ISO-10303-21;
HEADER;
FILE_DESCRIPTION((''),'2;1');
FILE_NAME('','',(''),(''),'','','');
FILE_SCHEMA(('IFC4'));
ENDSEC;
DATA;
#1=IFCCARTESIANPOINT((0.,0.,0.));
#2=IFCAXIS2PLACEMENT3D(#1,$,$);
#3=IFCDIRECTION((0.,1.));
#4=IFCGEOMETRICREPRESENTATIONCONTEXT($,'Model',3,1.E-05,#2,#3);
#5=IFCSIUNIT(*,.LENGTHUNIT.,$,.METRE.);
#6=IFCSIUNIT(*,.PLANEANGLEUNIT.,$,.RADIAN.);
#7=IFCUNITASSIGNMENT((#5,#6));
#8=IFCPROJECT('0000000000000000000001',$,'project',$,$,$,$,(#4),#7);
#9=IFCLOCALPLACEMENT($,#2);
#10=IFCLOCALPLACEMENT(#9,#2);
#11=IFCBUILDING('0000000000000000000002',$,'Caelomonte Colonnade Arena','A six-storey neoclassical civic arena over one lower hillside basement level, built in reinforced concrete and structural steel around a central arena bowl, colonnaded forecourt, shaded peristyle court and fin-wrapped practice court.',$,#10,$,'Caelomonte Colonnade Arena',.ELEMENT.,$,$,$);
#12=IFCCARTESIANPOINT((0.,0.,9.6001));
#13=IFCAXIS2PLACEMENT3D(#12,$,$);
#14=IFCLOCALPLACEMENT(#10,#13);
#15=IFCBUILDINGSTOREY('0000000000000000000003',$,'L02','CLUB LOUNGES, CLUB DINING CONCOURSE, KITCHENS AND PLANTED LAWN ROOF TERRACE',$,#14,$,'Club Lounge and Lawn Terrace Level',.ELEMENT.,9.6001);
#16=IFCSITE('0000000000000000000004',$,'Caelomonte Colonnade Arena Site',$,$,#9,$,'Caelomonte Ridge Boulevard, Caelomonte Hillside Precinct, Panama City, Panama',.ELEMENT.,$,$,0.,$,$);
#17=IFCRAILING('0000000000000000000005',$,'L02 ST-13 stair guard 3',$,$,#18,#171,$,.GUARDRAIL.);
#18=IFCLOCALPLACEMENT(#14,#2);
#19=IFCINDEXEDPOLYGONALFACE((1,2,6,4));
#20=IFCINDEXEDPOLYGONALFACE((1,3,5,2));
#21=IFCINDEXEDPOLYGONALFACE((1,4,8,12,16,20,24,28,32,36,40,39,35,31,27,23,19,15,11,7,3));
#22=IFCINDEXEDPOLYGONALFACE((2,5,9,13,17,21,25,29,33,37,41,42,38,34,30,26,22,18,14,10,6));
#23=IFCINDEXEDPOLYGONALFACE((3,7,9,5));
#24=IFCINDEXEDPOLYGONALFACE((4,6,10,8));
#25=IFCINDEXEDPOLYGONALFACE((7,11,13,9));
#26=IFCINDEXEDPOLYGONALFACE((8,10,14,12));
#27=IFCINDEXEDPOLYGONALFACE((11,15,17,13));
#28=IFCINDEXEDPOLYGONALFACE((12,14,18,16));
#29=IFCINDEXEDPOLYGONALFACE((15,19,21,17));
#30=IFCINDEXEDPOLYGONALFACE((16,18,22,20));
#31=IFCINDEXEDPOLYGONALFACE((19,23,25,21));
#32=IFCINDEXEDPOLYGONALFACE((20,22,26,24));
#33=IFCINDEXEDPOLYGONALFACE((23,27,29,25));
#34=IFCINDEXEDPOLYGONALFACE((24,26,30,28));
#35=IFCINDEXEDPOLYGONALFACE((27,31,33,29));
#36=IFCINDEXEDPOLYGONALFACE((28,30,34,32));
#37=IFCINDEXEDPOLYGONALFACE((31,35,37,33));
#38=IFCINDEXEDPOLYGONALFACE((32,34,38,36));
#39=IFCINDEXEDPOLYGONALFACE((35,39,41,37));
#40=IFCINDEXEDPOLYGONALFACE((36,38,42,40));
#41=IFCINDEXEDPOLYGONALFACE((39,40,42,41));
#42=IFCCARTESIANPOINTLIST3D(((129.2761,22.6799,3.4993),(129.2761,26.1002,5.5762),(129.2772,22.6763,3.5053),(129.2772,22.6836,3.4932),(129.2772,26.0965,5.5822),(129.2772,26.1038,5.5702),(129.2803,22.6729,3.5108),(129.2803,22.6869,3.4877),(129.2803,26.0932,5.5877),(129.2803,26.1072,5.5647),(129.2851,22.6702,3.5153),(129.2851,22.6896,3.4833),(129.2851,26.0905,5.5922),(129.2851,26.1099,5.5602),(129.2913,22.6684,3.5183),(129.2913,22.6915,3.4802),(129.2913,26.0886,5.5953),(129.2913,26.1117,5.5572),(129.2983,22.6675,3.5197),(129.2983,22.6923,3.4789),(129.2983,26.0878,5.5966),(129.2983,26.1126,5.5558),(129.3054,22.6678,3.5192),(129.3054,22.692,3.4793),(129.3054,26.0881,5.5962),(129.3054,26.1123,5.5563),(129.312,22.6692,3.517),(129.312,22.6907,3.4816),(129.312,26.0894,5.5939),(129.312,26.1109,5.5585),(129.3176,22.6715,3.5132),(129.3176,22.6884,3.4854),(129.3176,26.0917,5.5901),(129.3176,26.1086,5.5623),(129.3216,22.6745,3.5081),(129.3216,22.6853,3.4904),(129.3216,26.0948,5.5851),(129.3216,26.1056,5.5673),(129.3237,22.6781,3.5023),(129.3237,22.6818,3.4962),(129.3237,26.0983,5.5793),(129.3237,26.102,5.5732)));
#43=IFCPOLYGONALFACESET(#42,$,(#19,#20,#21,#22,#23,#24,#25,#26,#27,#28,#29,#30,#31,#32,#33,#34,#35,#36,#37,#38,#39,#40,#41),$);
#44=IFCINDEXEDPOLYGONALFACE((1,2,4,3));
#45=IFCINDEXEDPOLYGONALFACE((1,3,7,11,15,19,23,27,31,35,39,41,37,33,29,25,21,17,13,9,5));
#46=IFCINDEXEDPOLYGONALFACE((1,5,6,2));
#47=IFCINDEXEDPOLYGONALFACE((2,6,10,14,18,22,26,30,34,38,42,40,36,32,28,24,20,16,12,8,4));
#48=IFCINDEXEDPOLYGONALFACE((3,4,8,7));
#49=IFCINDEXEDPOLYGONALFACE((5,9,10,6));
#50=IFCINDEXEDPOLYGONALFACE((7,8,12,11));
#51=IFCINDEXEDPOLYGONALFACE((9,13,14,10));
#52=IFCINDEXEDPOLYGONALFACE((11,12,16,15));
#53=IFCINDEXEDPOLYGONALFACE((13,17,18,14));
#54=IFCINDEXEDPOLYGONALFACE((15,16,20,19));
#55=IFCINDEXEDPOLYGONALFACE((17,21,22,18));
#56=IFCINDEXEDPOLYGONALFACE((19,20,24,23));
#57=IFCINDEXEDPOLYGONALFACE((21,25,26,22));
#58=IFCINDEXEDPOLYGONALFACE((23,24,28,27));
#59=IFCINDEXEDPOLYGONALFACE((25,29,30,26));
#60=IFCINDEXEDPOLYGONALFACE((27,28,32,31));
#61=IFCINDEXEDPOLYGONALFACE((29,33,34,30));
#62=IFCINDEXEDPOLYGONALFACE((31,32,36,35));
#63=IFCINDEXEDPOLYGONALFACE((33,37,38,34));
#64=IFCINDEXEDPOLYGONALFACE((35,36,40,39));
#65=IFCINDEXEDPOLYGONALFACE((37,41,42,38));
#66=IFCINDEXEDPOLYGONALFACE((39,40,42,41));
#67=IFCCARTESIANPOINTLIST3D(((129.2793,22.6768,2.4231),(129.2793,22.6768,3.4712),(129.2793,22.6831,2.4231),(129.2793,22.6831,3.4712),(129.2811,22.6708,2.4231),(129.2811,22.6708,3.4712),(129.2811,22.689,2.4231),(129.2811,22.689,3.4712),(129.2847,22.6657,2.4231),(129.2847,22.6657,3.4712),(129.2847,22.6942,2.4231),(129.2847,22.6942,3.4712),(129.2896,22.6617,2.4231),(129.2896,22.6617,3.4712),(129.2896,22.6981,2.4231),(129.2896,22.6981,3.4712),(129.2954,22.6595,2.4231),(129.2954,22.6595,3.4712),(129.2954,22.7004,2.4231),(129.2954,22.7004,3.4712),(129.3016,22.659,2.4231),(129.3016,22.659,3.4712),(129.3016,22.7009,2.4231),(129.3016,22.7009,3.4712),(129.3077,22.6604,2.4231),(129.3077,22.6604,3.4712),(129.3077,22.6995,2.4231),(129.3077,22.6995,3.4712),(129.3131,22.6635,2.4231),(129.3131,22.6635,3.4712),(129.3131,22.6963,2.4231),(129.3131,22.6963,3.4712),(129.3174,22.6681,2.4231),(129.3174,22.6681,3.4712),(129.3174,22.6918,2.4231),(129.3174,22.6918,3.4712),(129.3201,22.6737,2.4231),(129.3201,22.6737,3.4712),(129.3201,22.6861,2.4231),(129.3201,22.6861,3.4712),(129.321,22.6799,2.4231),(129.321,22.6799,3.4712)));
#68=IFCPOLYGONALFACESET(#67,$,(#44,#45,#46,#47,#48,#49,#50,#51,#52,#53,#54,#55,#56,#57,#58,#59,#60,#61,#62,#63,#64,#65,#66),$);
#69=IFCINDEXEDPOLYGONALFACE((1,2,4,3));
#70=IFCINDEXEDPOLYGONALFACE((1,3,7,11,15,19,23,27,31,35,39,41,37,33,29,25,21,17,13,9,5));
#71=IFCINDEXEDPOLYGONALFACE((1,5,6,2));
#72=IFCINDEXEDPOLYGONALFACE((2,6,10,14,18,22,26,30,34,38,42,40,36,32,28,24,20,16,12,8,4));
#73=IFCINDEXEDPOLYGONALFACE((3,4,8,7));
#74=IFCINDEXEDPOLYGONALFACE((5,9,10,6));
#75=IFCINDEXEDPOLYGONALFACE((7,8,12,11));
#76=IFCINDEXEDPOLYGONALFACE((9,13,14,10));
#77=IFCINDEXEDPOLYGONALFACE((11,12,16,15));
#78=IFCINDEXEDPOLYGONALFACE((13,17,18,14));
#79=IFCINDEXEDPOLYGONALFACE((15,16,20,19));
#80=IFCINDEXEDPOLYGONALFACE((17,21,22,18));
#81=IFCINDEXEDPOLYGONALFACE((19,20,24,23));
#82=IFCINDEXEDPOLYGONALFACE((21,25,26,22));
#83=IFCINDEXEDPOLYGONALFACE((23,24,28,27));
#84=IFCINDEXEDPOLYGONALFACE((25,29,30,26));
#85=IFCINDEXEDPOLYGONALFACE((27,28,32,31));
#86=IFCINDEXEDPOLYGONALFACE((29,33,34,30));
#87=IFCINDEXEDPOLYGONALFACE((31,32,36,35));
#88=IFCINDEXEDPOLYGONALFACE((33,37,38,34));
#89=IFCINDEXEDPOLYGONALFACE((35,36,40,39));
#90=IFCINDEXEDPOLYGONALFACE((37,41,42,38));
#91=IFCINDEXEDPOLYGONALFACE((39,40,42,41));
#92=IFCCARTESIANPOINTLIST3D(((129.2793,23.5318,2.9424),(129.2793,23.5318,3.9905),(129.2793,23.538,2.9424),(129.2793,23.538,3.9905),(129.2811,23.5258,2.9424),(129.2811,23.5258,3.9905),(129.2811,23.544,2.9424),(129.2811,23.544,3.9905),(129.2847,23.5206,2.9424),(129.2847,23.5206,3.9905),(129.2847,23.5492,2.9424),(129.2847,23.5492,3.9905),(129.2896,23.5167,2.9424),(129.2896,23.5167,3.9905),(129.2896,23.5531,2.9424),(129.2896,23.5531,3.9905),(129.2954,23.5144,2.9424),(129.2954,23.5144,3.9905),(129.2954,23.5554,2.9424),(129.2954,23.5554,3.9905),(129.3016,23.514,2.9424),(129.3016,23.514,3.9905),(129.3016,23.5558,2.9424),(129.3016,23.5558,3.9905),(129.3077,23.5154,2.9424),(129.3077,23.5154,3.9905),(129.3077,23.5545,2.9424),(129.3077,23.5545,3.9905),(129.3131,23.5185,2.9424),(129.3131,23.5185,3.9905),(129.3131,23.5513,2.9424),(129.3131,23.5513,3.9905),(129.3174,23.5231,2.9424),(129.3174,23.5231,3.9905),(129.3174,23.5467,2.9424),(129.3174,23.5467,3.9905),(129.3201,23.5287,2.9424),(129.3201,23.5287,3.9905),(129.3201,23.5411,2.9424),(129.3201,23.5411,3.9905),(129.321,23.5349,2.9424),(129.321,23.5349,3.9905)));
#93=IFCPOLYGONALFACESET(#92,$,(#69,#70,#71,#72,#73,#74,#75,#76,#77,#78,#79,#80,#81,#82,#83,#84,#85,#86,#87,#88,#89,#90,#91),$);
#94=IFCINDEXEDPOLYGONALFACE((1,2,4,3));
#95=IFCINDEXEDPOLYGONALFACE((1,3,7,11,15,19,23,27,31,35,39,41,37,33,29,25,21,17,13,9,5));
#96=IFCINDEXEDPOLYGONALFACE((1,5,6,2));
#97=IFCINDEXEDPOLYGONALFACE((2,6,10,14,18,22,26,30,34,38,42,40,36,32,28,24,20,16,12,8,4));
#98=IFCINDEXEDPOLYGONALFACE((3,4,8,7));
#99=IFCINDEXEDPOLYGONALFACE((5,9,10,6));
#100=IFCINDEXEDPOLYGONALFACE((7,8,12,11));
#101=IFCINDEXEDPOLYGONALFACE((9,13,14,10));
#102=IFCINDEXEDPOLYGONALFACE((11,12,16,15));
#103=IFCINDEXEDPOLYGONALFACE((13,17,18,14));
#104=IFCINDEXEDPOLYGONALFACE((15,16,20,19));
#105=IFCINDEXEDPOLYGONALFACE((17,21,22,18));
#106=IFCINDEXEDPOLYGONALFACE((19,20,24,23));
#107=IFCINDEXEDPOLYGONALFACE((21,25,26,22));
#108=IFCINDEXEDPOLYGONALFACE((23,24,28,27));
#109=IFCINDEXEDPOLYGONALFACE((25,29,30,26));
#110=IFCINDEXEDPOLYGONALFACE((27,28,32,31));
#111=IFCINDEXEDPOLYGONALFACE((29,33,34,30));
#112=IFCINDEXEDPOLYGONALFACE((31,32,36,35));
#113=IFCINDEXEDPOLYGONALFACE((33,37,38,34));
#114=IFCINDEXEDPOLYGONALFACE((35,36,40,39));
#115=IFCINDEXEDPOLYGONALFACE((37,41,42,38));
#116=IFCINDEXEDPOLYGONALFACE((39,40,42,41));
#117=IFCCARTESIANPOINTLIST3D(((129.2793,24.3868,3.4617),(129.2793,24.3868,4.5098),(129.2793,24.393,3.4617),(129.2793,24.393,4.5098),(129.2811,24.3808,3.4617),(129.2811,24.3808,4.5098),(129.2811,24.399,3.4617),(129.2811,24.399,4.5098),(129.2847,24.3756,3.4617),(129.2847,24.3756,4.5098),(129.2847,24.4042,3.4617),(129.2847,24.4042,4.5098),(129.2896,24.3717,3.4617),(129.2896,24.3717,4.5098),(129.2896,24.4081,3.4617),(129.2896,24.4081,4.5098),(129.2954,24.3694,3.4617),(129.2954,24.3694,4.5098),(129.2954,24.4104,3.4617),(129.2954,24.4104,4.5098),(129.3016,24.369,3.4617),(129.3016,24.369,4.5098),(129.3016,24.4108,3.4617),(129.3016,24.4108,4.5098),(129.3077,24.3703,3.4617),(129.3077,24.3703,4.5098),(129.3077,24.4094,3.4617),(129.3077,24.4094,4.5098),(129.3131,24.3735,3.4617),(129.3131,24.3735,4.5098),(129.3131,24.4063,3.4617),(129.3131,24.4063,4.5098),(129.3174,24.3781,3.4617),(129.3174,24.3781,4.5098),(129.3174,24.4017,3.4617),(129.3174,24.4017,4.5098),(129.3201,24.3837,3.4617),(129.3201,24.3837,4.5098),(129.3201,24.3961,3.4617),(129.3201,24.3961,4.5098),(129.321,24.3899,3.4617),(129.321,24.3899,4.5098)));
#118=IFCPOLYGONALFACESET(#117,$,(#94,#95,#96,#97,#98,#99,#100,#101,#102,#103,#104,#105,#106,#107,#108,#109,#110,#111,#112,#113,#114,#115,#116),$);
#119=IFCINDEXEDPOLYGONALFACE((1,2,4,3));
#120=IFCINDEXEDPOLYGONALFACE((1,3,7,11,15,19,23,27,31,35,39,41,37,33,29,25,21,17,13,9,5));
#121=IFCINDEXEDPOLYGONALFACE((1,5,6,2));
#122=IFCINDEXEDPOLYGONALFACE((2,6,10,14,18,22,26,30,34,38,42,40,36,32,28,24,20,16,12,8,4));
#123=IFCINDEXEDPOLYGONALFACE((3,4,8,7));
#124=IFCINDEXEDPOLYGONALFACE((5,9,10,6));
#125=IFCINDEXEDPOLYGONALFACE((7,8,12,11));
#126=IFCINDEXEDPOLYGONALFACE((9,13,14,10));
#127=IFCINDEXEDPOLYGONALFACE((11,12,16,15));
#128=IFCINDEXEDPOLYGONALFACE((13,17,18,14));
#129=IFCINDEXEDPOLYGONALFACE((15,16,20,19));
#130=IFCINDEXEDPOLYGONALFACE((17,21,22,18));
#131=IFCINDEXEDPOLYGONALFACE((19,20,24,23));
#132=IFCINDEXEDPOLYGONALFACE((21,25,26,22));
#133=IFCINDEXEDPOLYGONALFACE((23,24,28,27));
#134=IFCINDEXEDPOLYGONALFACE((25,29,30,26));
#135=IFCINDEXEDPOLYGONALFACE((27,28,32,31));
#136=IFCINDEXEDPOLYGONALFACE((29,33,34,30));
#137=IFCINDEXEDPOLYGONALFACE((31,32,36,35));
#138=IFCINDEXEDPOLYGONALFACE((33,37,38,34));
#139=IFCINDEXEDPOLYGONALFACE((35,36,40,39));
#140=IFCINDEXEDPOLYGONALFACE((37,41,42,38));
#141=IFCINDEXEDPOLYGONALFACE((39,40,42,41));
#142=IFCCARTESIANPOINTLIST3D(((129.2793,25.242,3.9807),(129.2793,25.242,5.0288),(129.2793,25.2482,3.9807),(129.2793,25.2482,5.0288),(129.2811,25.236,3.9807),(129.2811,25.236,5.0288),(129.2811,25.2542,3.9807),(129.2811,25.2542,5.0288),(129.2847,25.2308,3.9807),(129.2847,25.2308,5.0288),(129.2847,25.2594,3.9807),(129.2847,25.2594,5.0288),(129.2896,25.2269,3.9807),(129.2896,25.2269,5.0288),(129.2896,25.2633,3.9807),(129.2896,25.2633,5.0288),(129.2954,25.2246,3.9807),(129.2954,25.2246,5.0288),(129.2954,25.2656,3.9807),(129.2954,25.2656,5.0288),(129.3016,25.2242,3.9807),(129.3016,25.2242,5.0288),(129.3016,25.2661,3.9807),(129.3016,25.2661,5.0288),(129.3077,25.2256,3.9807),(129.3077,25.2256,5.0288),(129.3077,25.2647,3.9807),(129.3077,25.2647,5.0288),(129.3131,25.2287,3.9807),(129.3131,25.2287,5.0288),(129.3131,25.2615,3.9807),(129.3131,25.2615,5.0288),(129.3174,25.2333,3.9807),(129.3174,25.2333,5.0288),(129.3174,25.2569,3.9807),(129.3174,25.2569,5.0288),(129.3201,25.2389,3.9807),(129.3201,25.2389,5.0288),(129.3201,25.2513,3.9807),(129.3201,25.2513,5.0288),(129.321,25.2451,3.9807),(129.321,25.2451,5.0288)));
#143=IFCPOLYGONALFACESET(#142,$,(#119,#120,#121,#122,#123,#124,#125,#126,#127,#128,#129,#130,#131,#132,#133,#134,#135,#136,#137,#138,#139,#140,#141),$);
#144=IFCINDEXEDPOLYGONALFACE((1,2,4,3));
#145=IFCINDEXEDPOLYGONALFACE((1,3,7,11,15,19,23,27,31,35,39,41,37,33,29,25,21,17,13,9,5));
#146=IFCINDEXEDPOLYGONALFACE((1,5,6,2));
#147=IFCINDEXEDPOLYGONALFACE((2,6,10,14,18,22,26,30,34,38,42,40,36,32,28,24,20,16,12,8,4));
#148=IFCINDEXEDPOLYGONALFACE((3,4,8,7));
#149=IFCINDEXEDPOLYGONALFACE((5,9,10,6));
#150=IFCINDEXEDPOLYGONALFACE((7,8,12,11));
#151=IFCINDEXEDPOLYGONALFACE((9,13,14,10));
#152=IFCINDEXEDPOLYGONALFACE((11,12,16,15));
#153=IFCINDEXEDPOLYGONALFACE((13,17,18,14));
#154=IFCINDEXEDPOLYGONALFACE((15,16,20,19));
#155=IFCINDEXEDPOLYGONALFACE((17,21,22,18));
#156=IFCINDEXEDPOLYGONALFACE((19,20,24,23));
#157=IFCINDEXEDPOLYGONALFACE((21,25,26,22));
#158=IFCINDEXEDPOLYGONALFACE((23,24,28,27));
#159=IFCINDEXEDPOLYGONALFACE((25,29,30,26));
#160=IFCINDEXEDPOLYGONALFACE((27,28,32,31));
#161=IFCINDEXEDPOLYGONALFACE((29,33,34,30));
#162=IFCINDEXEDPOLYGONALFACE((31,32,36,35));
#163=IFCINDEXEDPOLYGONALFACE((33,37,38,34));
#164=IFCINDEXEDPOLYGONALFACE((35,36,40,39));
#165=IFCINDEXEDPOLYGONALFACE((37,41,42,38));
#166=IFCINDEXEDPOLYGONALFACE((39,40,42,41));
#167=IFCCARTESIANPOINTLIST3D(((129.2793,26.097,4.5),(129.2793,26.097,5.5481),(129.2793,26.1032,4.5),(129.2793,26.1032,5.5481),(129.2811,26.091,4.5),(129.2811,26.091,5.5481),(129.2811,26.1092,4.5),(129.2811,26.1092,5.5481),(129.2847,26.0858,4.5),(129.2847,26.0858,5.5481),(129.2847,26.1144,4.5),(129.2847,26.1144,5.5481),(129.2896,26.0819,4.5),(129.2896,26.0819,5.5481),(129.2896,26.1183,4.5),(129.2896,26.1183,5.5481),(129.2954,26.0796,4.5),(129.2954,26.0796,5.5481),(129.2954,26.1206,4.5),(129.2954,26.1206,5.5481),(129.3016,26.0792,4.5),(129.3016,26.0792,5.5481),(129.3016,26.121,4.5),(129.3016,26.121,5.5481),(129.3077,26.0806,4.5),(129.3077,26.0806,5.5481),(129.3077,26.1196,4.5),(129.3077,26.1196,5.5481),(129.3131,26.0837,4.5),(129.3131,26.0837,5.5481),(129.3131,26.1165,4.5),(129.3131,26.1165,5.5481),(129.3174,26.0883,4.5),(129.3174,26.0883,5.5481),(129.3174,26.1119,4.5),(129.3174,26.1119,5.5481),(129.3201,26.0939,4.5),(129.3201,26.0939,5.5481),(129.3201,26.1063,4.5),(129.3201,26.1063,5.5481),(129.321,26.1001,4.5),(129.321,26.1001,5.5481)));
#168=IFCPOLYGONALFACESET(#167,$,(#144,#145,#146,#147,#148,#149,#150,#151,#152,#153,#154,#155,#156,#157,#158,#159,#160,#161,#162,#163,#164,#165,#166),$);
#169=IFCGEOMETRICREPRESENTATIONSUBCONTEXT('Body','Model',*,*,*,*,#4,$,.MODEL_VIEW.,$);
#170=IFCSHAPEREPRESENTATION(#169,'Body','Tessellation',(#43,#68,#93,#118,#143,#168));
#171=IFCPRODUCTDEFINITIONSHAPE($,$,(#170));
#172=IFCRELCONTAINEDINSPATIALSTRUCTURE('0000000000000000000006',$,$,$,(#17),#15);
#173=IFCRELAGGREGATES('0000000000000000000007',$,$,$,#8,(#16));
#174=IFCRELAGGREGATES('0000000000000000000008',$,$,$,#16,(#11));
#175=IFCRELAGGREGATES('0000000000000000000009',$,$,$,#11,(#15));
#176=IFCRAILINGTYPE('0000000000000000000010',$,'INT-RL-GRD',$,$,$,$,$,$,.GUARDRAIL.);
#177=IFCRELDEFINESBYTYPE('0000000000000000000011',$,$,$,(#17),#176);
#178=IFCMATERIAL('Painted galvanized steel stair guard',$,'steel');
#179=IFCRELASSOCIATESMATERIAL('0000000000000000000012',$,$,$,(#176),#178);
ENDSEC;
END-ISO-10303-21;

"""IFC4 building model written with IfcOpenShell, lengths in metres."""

from ifc_helpers import new_model, si_unit, direction, frame, origin, origin_2d, place, context, subcontext, project, spatial, circle, extrude, material, type_object, element, save


model = new_model("IFC4")

# Units and contexts
model_context = context("Model", 3, precision=1e-05, world=origin(), true_north=direction((0.0, 1.0)))
body_context = subcontext(model_context, "Body", "Model", "MODEL_VIEW")
ifc_project = project(units=[si_unit("LENGTHUNIT", "METRE"), si_unit("PLANEANGLEUNIT", "RADIAN")], contexts=[model_context])

# Site, building, storey
site_placement = place(None, origin())
site = spatial("IfcSite", under=ifc_project, at=site_placement, Name="Caelomonte Colonnade Arena Site", LongName="Caelomonte Ridge Boulevard, Caelomonte Hillside Precinct, Panama City, Panama", CompositionType="ELEMENT", RefElevation=0.0)
building_placement = place(site_placement, origin())
building = spatial("IfcBuilding", under=site, at=building_placement, Name="Caelomonte Colonnade Arena", Description="A six-storey neoclassical civic arena over one lower hillside basement level, built in reinforced concrete and structural steel around a central arena bowl, colonnaded forecourt, shaded peristyle court and fin-wrapped practice court.", LongName="Caelomonte Colonnade Arena", CompositionType="ELEMENT")
storey_placement = place(building_placement, frame((0.0, 0.0, 9.6001)))
storey = spatial("IfcBuildingStorey", under=building, at=storey_placement, Name="L02", Description="CLUB LOUNGES, CLUB DINING CONCOURSE, KITCHENS AND PLANTED LAWN ROOF TERRACE", LongName="Club Lounge and Lawn Terrace Level", CompositionType="ELEMENT", Elevation=9.6001)

# Railing
ifc_material_1 = material(Name="Painted galvanized steel stair guard", Category="steel")
railing_type_1 = type_object("IfcRailingType", Name="INT-RL-GRD", PredefinedType="GUARDRAIL", material=ifc_material_1)
railing_1_placement = place(storey_placement, frame((129.3, 22.6799, 2.4231)))
element("IfcRailing", 1, at=railing_1_placement, inside=storey, type_object=railing_type_1, Name="L02 ST-13 stair guard 3", PredefinedType="GUARDRAIL", context=body_context, shape_type="SweptSolid", body=[
    extrude(circle(Radius=0.0239, at=origin_2d()), frame((0.0, 0.0, 1.0762), z_axis=(0.0, 0.854746, 0.519047), x_axis=(-1.0, 0.0, 0.0)), (0.0, 0.0, 1.0), 4.0015),
    extrude(circle(Radius=0.021, at=origin_2d()), origin(), (0.0, 0.0, 1.0), 1.0481),
    extrude(circle(Radius=0.021, at=origin_2d()), frame((0.0, 0.855, 0.5193)), (0.0, 0.0, 1.0), 1.0481),
    extrude(circle(Radius=0.021, at=origin_2d()), frame((0.0, 1.71, 1.0386)), (0.0, 0.0, 1.0), 1.0481),
    extrude(circle(Radius=0.021, at=origin_2d()), frame((0.0, 2.5652, 1.5576)), (0.0, 0.0, 1.0), 1.0481),
    extrude(circle(Radius=0.021, at=origin_2d()), frame((0.0, 3.4202, 2.0769)), (0.0, 0.0, 1.0), 1.0481),
])

save(model, "model.ifc")
